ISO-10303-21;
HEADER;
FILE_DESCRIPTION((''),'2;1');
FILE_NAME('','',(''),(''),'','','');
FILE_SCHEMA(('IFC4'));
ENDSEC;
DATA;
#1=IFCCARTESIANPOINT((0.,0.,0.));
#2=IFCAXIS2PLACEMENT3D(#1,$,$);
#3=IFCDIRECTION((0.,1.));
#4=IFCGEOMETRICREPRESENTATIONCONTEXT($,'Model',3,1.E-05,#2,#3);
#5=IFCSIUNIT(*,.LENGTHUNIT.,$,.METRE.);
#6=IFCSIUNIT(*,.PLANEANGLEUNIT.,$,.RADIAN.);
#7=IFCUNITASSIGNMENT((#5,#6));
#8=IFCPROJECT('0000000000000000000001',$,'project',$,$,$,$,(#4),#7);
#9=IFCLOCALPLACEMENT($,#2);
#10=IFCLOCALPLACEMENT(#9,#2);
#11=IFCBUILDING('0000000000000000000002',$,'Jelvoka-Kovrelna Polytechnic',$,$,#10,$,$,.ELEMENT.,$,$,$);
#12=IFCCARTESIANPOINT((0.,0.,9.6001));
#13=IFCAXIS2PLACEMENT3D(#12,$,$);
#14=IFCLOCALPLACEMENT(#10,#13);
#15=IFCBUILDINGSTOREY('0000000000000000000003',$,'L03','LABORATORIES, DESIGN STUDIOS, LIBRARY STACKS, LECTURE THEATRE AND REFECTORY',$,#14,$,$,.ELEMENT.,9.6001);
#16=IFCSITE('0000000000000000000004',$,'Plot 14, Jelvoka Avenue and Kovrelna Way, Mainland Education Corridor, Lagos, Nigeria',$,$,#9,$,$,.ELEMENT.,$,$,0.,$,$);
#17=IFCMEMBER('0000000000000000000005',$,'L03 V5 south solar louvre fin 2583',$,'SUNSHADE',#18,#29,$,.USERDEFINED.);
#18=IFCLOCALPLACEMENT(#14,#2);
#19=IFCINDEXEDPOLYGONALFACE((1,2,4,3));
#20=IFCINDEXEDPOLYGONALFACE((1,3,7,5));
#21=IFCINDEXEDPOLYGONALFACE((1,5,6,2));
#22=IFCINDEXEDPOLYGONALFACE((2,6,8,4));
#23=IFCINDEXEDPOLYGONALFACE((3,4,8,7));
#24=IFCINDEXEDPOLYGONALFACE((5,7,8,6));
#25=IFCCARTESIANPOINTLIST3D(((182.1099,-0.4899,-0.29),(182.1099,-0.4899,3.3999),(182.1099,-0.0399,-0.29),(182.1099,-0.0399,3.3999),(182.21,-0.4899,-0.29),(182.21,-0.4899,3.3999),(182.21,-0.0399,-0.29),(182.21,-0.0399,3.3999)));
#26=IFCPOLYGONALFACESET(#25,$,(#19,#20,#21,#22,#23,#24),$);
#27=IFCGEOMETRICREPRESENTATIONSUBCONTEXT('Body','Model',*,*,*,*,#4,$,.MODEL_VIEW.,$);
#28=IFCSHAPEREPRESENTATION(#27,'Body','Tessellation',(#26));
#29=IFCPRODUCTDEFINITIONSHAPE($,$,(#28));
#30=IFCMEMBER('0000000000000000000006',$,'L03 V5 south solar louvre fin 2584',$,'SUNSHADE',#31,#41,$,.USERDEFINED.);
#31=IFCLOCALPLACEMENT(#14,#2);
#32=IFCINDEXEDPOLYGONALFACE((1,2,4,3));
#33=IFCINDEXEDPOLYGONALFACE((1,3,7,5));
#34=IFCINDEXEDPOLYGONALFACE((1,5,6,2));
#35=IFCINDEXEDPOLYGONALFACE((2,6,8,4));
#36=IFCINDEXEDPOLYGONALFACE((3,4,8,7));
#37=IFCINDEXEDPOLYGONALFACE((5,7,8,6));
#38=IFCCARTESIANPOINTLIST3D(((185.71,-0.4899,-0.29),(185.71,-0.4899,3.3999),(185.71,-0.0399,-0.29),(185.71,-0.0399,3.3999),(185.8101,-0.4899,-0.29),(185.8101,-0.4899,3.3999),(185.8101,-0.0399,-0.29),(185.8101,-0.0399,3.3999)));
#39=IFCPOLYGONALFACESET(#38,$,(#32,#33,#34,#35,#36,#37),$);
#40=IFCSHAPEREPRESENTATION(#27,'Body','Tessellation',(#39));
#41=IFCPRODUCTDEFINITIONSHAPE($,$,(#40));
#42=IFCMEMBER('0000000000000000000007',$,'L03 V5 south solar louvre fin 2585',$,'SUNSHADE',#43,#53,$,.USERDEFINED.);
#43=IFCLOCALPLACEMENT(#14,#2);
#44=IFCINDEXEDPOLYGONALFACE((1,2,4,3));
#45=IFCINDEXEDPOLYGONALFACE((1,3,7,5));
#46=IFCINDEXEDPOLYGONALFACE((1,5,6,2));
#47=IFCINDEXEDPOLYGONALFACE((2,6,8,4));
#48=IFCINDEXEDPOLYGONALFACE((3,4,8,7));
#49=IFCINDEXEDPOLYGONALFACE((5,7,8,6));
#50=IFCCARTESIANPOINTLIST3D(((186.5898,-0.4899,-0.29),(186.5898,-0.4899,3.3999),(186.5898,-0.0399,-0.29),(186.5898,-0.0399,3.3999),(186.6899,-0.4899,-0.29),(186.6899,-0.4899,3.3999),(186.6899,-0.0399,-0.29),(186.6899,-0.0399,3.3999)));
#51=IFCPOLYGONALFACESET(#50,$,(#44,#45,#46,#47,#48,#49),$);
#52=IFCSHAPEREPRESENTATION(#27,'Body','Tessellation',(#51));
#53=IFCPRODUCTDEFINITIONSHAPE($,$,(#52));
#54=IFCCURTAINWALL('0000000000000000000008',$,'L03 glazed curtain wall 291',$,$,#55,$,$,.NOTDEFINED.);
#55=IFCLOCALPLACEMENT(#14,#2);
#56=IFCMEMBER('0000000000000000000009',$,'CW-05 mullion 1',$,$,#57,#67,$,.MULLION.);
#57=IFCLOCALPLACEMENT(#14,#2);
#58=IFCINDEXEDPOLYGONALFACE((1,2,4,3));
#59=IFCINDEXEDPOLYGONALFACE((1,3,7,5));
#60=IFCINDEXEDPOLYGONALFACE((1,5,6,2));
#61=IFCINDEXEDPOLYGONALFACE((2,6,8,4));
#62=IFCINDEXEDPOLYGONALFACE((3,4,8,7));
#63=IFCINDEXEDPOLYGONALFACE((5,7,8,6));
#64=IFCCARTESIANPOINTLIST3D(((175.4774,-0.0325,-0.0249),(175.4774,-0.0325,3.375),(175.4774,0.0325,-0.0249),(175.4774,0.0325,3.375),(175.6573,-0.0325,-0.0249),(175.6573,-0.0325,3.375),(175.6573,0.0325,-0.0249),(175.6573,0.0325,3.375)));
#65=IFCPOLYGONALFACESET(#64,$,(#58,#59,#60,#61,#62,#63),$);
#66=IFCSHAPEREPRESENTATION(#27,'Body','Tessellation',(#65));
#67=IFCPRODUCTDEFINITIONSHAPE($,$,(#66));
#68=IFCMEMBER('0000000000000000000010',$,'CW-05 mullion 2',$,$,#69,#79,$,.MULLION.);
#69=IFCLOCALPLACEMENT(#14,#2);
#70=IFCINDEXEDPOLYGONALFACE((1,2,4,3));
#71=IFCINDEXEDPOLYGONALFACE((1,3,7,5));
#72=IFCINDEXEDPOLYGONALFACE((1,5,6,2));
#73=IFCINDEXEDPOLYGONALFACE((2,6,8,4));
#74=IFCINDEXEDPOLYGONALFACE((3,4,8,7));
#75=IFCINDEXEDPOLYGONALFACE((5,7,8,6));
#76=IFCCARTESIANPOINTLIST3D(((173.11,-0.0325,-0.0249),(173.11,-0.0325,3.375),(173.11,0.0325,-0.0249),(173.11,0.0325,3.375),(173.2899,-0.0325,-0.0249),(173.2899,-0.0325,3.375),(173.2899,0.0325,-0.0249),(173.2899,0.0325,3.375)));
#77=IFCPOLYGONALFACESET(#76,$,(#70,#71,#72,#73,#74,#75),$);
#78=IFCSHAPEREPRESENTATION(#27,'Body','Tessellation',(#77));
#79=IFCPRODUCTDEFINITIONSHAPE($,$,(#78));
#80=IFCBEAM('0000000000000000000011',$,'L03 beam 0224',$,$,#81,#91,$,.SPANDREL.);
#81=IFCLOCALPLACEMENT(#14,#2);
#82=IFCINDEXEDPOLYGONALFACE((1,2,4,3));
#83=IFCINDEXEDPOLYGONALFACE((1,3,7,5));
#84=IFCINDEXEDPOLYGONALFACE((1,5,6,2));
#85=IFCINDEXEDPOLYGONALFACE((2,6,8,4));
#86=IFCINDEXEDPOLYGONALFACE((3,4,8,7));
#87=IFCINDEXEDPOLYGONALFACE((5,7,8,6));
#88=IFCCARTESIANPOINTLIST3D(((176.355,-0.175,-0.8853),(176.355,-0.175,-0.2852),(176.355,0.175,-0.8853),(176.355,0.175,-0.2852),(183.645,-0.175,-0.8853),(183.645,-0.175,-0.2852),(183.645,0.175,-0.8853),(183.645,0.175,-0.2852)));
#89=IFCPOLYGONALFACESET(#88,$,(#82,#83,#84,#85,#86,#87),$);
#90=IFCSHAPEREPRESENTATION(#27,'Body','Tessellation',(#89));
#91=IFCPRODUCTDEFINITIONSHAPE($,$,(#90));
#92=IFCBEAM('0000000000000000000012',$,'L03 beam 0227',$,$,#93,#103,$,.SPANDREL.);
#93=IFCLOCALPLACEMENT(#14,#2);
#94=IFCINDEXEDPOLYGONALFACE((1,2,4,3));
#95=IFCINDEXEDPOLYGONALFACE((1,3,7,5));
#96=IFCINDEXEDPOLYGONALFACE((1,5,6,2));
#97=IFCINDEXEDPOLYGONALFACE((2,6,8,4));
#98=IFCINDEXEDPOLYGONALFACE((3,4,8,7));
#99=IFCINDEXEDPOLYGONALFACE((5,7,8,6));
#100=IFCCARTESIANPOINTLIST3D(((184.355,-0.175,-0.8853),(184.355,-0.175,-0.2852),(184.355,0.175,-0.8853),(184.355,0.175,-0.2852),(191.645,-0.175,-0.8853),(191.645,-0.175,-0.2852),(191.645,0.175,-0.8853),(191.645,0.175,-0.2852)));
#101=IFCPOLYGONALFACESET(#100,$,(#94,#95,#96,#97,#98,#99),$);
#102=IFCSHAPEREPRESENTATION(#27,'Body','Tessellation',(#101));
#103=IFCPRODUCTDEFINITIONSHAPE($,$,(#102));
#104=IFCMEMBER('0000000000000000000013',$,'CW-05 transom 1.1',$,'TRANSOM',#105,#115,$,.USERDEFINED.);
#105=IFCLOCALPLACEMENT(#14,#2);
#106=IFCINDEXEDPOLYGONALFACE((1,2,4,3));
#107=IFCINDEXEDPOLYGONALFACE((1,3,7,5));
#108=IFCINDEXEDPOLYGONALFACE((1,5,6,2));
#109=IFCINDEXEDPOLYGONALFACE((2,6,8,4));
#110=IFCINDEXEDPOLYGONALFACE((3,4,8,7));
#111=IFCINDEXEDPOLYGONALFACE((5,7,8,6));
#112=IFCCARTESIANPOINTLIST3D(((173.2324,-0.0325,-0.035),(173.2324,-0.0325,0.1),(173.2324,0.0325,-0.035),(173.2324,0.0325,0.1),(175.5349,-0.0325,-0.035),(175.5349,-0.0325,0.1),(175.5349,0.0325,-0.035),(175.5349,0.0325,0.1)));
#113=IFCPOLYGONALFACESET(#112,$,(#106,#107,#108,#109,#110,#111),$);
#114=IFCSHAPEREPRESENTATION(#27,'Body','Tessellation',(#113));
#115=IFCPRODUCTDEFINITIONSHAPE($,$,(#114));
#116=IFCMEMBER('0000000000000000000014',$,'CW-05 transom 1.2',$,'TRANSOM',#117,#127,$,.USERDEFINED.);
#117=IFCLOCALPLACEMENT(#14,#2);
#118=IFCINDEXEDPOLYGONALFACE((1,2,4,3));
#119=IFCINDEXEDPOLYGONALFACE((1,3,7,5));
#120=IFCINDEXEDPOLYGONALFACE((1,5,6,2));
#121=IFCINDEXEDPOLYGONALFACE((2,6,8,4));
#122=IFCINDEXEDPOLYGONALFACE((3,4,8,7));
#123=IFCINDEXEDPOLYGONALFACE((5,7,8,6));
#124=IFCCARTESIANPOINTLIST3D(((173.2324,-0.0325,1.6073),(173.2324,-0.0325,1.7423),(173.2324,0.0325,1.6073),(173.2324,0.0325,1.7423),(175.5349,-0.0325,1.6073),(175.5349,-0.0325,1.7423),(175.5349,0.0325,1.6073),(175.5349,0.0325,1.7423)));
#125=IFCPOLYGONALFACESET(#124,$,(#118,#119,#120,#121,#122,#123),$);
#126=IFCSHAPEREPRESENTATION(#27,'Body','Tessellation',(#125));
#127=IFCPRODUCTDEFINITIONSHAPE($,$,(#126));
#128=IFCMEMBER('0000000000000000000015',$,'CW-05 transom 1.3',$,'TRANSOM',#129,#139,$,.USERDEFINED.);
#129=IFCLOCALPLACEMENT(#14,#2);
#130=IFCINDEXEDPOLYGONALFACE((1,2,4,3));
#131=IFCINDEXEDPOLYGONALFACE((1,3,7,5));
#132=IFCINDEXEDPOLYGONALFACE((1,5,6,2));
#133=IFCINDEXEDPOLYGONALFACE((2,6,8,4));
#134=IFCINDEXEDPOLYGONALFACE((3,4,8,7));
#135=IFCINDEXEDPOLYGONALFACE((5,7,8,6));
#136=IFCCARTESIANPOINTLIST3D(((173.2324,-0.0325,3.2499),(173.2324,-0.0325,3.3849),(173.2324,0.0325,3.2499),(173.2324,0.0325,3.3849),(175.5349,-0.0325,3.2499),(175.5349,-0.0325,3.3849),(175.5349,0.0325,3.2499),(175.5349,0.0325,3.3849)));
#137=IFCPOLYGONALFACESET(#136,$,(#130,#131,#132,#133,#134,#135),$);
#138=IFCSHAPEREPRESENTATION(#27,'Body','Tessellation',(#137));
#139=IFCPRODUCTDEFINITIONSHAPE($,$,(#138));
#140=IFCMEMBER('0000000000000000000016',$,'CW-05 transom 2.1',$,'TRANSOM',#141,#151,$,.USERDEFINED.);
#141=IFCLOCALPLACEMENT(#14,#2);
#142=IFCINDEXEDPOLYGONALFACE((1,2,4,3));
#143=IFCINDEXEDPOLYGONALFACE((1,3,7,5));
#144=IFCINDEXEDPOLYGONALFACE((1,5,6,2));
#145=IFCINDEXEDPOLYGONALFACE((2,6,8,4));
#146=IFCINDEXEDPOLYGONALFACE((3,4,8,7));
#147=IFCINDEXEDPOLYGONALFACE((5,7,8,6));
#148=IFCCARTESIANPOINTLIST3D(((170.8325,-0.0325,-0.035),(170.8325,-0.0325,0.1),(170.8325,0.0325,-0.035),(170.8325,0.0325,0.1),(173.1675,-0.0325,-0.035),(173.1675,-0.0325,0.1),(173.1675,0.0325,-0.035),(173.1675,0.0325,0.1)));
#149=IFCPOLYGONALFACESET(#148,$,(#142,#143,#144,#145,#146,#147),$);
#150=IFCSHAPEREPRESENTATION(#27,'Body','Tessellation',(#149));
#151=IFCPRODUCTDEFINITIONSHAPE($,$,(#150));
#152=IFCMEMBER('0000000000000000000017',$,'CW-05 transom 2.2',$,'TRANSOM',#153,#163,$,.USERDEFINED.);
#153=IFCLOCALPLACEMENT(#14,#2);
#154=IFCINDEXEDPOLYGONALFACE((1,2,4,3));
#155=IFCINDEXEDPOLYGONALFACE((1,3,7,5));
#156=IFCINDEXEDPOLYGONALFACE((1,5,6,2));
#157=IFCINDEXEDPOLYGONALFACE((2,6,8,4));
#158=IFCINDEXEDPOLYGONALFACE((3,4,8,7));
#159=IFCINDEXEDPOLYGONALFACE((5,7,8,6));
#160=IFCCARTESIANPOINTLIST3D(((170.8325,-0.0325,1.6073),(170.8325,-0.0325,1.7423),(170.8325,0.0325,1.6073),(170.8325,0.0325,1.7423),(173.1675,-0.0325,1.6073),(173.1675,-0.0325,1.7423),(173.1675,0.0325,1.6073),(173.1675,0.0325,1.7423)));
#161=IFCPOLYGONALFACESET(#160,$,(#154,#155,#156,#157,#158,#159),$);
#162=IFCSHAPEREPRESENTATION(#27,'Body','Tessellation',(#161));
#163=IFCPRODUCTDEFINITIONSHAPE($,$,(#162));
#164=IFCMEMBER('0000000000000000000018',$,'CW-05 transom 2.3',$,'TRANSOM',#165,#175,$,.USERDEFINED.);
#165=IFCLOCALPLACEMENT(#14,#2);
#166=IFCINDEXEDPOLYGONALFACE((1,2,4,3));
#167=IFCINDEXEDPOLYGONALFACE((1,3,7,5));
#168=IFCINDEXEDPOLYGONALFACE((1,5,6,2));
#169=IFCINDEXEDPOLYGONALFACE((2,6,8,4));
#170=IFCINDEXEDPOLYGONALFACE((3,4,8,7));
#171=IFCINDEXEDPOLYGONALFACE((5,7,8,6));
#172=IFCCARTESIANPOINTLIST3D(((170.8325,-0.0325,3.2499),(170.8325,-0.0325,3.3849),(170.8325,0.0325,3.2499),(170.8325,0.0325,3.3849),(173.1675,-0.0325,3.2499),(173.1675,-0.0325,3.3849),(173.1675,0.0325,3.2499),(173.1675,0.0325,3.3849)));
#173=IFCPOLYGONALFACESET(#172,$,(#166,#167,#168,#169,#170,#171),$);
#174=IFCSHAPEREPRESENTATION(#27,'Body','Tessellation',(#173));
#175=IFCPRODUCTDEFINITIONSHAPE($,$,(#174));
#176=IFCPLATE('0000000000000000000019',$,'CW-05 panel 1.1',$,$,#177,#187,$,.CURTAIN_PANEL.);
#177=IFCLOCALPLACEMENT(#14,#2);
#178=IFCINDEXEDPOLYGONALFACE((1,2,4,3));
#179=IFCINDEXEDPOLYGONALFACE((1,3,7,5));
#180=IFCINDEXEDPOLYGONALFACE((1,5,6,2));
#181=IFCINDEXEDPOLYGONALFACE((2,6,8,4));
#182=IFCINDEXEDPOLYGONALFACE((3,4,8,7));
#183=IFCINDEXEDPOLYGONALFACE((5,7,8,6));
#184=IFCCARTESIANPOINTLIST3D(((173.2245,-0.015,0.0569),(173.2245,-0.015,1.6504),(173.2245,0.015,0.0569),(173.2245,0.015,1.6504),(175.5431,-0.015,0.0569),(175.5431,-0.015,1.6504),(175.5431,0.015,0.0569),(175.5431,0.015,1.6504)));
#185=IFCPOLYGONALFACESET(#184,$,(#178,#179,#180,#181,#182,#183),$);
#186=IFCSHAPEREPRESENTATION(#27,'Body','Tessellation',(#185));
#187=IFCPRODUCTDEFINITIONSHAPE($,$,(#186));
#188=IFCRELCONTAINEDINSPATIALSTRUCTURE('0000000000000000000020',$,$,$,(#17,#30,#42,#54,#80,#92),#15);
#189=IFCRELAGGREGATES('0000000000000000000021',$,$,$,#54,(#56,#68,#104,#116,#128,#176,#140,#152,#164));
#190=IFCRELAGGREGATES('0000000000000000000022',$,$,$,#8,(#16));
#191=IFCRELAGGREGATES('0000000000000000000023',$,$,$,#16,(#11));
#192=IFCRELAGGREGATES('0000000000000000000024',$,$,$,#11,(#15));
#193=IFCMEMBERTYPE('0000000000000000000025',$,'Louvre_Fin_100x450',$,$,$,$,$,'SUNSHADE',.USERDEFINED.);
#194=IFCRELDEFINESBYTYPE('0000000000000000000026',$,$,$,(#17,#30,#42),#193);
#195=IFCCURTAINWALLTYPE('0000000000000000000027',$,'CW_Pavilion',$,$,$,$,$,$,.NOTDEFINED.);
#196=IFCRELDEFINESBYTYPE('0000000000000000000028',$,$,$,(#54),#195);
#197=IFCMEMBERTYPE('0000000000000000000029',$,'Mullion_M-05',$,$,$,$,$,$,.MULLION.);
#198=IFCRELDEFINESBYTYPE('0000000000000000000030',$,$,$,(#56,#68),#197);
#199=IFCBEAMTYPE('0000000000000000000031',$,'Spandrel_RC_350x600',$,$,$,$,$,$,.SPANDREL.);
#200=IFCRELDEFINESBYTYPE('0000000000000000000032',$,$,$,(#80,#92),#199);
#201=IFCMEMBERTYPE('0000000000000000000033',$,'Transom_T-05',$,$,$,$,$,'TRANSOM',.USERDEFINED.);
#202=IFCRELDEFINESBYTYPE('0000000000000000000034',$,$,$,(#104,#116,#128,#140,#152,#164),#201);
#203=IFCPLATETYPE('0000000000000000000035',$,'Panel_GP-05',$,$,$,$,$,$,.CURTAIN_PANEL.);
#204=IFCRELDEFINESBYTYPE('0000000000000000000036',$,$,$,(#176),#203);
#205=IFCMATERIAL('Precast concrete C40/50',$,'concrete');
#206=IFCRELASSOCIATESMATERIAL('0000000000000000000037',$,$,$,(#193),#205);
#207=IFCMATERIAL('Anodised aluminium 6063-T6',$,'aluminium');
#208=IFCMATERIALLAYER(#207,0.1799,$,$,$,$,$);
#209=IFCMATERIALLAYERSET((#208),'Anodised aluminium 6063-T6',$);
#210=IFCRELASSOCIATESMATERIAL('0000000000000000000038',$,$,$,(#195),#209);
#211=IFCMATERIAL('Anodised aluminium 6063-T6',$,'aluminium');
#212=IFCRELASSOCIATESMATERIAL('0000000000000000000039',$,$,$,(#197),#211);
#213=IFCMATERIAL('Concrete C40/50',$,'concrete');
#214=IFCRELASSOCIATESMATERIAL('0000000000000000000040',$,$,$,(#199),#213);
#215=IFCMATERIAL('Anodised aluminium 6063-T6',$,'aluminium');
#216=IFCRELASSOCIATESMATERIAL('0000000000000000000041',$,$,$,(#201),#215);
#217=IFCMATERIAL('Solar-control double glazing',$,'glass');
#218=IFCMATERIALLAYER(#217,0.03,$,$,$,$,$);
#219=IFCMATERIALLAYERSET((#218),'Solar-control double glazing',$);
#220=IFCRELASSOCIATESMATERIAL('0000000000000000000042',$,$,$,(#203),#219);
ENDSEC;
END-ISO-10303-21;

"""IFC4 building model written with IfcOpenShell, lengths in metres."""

from ifc_helpers import new_model, si_unit, direction, frame, origin, origin_2d, place, context, subcontext, project, spatial, rectangle, extrude, material, layer, layer_set, material_profile, profile_set, type_object, element, aggregate, save


model = new_model("IFC4")

# Units and contexts
model_context = context("Model", 3, precision=1e-05, world=origin(), true_north=direction((0.0, 1.0)))
body_context = subcontext(model_context, "Body", "Model", "MODEL_VIEW")
ifc_project = project(units=[si_unit("LENGTHUNIT", "METRE"), si_unit("PLANEANGLEUNIT", "RADIAN")], contexts=[model_context])

# Site, building, storey
site_placement = place(None, origin())
site = spatial("IfcSite", under=ifc_project, at=site_placement, Name="Plot 14, Jelvoka Avenue and Kovrelna Way, Mainland Education Corridor, Lagos, Nigeria", CompositionType="ELEMENT", RefElevation=0.0)
building_placement = place(site_placement, origin())
building = spatial("IfcBuilding", under=site, at=building_placement, Name="Jelvoka-Kovrelna Polytechnic", CompositionType="ELEMENT")
storey_placement = place(building_placement, frame((0.0, 0.0, 9.6001)))
storey = spatial("IfcBuildingStorey", under=building, at=storey_placement, Name="L03", Description="LABORATORIES, DESIGN STUDIOS, LIBRARY STACKS, LECTURE THEATRE AND REFECTORY", CompositionType="ELEMENT", Elevation=9.6001)

# Members
ifc_material_1 = material(Name="Precast concrete C40/50", Category="concrete")
ifc_material_profile_1 = material_profile(ifc_material_1, rectangle(XDim=0.1001, YDim=0.45, at=origin_2d()), Name="PC 100x450")
ifc_profile_set_1 = profile_set([ifc_material_profile_1], Name="Precast concrete C40/50")
member_type_1 = type_object("IfcMemberType", Name="Louvre_Fin_100x450", ElementType="SUNSHADE", PredefinedType="USERDEFINED", material=ifc_profile_set_1)
for number, where, z_axis, x_axis, name in (
    (1, (182.1599, -0.2649, -0.29), (0.0, 0.0, 1.0), (1.0, 0.0, 0.0), "L03 V5 south solar louvre fin 2583"),
    (2, (185.76, -0.2649, -0.29), (0.0, 0.0, 1.0), (1.0, 0.0, 0.0), "L03 V5 south solar louvre fin 2584"),
    (3, (186.6399, -0.2649, -0.29), (0.0, 0.0, 1.0), (1.0, 0.0, 0.0), "L03 V5 south solar louvre fin 2585"),
):
    element("IfcMember", number, at=place(storey_placement, frame(where, z_axis=z_axis, x_axis=x_axis)), inside=storey, type_object=member_type_1, Name=name, ObjectType="SUNSHADE", PredefinedType="USERDEFINED", context=body_context, shape_type="SweptSolid", body=[
        extrude(rectangle(XDim=0.1001, YDim=0.45, at=origin_2d()), origin(), (0.0, 0.0, 1.0), 3.6899),
    ])

# Curtain wall, members
ifc_material_2 = material(Name="Anodised aluminium 6063-T6", Category="aluminium")
ifc_layer_1 = layer(ifc_material_2, 0.1799)
ifc_layer_set_1 = layer_set([ifc_layer_1], Name="Anodised aluminium 6063-T6")
curtain_wall_type = type_object("IfcCurtainWallType", Name="CW_Pavilion", PredefinedType="NOTDEFINED", material=ifc_layer_set_1)
curtain_wall_placement = place(storey_placement, origin())
curtain_wall = element("IfcCurtainWall", 4, at=curtain_wall_placement, inside=storey, type_object=curtain_wall_type, Name="L03 glazed curtain wall 291", PredefinedType="NOTDEFINED")
ifc_material_3 = material(Name="Anodised aluminium 6063-T6", Category="aluminium")
ifc_material_profile_2 = material_profile(ifc_material_3, rectangle(XDim=0.0649, YDim=0.1799, at=origin_2d()), Name="ALU 65x180")
ifc_profile_set_2 = profile_set([ifc_material_profile_2], Name="Anodised aluminium 6063-T6")
member_type_2 = type_object("IfcMemberType", Name="Mullion_M-05", PredefinedType="MULLION", material=ifc_profile_set_2)
member_1_placement = place(storey_placement, frame((175.5674, 0.0, -0.0249), z_axis=(0.0, 0.0, 1.0), x_axis=(0.0, -1.0, 0.0)))
member_1 = element("IfcMember", 5, at=member_1_placement, type_object=member_type_2, Name="CW-05 mullion 1", PredefinedType="MULLION", context=body_context, shape_type="SweptSolid", body=[
    extrude(rectangle(XDim=0.0649, YDim=0.1799, at=origin_2d()), origin(), (0.0, 0.0, 1.0), 3.3999),
])
member_2_placement = place(storey_placement, frame((173.2, 0.0, -0.0249), z_axis=(0.0, 0.0, 1.0), x_axis=(0.0, -1.0, 0.0)))
member_2 = element("IfcMember", 6, at=member_2_placement, type_object=member_type_2, Name="CW-05 mullion 2", PredefinedType="MULLION", context=body_context, shape_type="SweptSolid", body=[
    extrude(rectangle(XDim=0.0649, YDim=0.1799, at=origin_2d()), origin(), (0.0, 0.0, 1.0), 3.3999),
])

# Beams
ifc_material_4 = material(Name="Concrete C40/50", Category="concrete")
ifc_material_profile_3 = material_profile(ifc_material_4, rectangle(XDim=0.3501, YDim=0.6001, at=origin_2d()), Name="RC 350x600")
ifc_profile_set_3 = profile_set([ifc_material_profile_3], Name="Concrete C40/50")
beam_type_1 = type_object("IfcBeamType", Name="Spandrel_RC_350x600", PredefinedType="SPANDREL", material=ifc_profile_set_3)
for number, where, z_axis, x_axis, name in (
    (7, (176.355, 0.0, -0.5852), (1.0, 0.0, 0.0), (0.0, 1.0, 0.0), "L03 beam 0224"),
    (8, (184.355, 0.0, -0.5852), (1.0, 0.0, 0.0), (0.0, 1.0, 0.0), "L03 beam 0227"),
):
    element("IfcBeam", number, at=place(storey_placement, frame(where, z_axis=z_axis, x_axis=x_axis)), inside=storey, type_object=beam_type_1, Name=name, PredefinedType="SPANDREL", context=body_context, shape_type="SweptSolid", body=[
        extrude(rectangle(XDim=0.3501, YDim=0.6001, at=origin_2d()), origin(), (0.0, 0.0, 1.0), 7.29),
    ])

# Members
ifc_material_5 = material(Name="Anodised aluminium 6063-T6", Category="aluminium")
ifc_material_profile_4 = material_profile(ifc_material_5, rectangle(XDim=0.0649, YDim=0.135, at=origin_2d()), Name="ALU 65x135")
ifc_profile_set_4 = profile_set([ifc_material_profile_4], Name="Anodised aluminium 6063-T6")
member_type_3 = type_object("IfcMemberType", Name="Transom_T-05", ElementType="TRANSOM", PredefinedType="USERDEFINED", material=ifc_profile_set_4)
member_3_placement = place(storey_placement, frame((175.5349, 0.0, 0.0325), z_axis=(-1.0, 0.0, 0.0), x_axis=(0.0, -1.0, 0.0)))
member_3 = element("IfcMember", 9, at=member_3_placement, type_object=member_type_3, Name="CW-05 transom 1.1", ObjectType="TRANSOM", PredefinedType="USERDEFINED", context=body_context, shape_type="SweptSolid", body=[
    extrude(rectangle(XDim=0.0649, YDim=0.135, at=origin_2d()), origin(), (0.0, 0.0, 1.0), 2.3025),
])
member_4_placement = place(storey_placement, frame((175.5349, 0.0, 1.6748), z_axis=(-1.0, 0.0, 0.0), x_axis=(0.0, -1.0, 0.0)))
member_4 = element("IfcMember", 10, at=member_4_placement, type_object=member_type_3, Name="CW-05 transom 1.2", ObjectType="TRANSOM", PredefinedType="USERDEFINED", context=body_context, shape_type="SweptSolid", body=[
    extrude(rectangle(XDim=0.0649, YDim=0.135, at=origin_2d()), origin(), (0.0, 0.0, 1.0), 2.3025),
])
member_5_placement = place(storey_placement, frame((175.5349, 0.0, 3.3174), z_axis=(-1.0, 0.0, 0.0), x_axis=(0.0, -1.0, 0.0)))
member_5 = element("IfcMember", 11, at=member_5_placement, type_object=member_type_3, Name="CW-05 transom 1.3", ObjectType="TRANSOM", PredefinedType="USERDEFINED", context=body_context, shape_type="SweptSolid", body=[
    extrude(rectangle(XDim=0.0649, YDim=0.135, at=origin_2d()), origin(), (0.0, 0.0, 1.0), 2.3025),
])
member_6_placement = place(storey_placement, frame((173.1675, 0.0, 0.0325), z_axis=(-1.0, 0.0, 0.0), x_axis=(0.0, -1.0, 0.0)))
member_6 = element("IfcMember", 12, at=member_6_placement, type_object=member_type_3, Name="CW-05 transom 2.1", ObjectType="TRANSOM", PredefinedType="USERDEFINED", context=body_context, shape_type="SweptSolid", body=[
    extrude(rectangle(XDim=0.0649, YDim=0.135, at=origin_2d()), origin(), (0.0, 0.0, 1.0), 2.335),
])
member_7_placement = place(storey_placement, frame((173.1675, 0.0, 1.6748), z_axis=(-1.0, 0.0, 0.0), x_axis=(0.0, -1.0, 0.0)))
member_7 = element("IfcMember", 13, at=member_7_placement, type_object=member_type_3, Name="CW-05 transom 2.2", ObjectType="TRANSOM", PredefinedType="USERDEFINED", context=body_context, shape_type="SweptSolid", body=[
    extrude(rectangle(XDim=0.0649, YDim=0.135, at=origin_2d()), origin(), (0.0, 0.0, 1.0), 2.335),
])
member_8_placement = place(storey_placement, frame((173.1675, 0.0, 3.3174), z_axis=(-1.0, 0.0, 0.0), x_axis=(0.0, -1.0, 0.0)))
member_8 = element("IfcMember", 14, at=member_8_placement, type_object=member_type_3, Name="CW-05 transom 2.3", ObjectType="TRANSOM", PredefinedType="USERDEFINED", context=body_context, shape_type="SweptSolid", body=[
    extrude(rectangle(XDim=0.0649, YDim=0.135, at=origin_2d()), origin(), (0.0, 0.0, 1.0), 2.335),
])

# Plate
ifc_material_6 = material(Name="Solar-control double glazing", Category="glass")
ifc_layer_2 = layer(ifc_material_6, 0.03)
ifc_layer_set_2 = layer_set([ifc_layer_2], Name="Solar-control double glazing")
plate_type = type_object("IfcPlateType", Name="Panel_GP-05", PredefinedType="CURTAIN_PANEL", material=ifc_layer_set_2)
plate_1_placement = place(storey_placement, frame((174.3838, 0.0, 0.0569), z_axis=(0.0, 0.0, 1.0), x_axis=(-1.0, 0.0, 0.0)))
plate_1 = element("IfcPlate", 15, at=plate_1_placement, type_object=plate_type, Name="CW-05 panel 1.1", PredefinedType="CURTAIN_PANEL", context=body_context, shape_type="SweptSolid", body=[
    extrude(rectangle(XDim=2.3186, YDim=0.03, at=origin_2d()), origin(), (0.0, 0.0, 1.0), 1.5935),
])
aggregate(curtain_wall, [member_1, member_2, member_3, member_4, member_5, plate_1, member_6, member_7, member_8])

save(model, "model.ifc")
